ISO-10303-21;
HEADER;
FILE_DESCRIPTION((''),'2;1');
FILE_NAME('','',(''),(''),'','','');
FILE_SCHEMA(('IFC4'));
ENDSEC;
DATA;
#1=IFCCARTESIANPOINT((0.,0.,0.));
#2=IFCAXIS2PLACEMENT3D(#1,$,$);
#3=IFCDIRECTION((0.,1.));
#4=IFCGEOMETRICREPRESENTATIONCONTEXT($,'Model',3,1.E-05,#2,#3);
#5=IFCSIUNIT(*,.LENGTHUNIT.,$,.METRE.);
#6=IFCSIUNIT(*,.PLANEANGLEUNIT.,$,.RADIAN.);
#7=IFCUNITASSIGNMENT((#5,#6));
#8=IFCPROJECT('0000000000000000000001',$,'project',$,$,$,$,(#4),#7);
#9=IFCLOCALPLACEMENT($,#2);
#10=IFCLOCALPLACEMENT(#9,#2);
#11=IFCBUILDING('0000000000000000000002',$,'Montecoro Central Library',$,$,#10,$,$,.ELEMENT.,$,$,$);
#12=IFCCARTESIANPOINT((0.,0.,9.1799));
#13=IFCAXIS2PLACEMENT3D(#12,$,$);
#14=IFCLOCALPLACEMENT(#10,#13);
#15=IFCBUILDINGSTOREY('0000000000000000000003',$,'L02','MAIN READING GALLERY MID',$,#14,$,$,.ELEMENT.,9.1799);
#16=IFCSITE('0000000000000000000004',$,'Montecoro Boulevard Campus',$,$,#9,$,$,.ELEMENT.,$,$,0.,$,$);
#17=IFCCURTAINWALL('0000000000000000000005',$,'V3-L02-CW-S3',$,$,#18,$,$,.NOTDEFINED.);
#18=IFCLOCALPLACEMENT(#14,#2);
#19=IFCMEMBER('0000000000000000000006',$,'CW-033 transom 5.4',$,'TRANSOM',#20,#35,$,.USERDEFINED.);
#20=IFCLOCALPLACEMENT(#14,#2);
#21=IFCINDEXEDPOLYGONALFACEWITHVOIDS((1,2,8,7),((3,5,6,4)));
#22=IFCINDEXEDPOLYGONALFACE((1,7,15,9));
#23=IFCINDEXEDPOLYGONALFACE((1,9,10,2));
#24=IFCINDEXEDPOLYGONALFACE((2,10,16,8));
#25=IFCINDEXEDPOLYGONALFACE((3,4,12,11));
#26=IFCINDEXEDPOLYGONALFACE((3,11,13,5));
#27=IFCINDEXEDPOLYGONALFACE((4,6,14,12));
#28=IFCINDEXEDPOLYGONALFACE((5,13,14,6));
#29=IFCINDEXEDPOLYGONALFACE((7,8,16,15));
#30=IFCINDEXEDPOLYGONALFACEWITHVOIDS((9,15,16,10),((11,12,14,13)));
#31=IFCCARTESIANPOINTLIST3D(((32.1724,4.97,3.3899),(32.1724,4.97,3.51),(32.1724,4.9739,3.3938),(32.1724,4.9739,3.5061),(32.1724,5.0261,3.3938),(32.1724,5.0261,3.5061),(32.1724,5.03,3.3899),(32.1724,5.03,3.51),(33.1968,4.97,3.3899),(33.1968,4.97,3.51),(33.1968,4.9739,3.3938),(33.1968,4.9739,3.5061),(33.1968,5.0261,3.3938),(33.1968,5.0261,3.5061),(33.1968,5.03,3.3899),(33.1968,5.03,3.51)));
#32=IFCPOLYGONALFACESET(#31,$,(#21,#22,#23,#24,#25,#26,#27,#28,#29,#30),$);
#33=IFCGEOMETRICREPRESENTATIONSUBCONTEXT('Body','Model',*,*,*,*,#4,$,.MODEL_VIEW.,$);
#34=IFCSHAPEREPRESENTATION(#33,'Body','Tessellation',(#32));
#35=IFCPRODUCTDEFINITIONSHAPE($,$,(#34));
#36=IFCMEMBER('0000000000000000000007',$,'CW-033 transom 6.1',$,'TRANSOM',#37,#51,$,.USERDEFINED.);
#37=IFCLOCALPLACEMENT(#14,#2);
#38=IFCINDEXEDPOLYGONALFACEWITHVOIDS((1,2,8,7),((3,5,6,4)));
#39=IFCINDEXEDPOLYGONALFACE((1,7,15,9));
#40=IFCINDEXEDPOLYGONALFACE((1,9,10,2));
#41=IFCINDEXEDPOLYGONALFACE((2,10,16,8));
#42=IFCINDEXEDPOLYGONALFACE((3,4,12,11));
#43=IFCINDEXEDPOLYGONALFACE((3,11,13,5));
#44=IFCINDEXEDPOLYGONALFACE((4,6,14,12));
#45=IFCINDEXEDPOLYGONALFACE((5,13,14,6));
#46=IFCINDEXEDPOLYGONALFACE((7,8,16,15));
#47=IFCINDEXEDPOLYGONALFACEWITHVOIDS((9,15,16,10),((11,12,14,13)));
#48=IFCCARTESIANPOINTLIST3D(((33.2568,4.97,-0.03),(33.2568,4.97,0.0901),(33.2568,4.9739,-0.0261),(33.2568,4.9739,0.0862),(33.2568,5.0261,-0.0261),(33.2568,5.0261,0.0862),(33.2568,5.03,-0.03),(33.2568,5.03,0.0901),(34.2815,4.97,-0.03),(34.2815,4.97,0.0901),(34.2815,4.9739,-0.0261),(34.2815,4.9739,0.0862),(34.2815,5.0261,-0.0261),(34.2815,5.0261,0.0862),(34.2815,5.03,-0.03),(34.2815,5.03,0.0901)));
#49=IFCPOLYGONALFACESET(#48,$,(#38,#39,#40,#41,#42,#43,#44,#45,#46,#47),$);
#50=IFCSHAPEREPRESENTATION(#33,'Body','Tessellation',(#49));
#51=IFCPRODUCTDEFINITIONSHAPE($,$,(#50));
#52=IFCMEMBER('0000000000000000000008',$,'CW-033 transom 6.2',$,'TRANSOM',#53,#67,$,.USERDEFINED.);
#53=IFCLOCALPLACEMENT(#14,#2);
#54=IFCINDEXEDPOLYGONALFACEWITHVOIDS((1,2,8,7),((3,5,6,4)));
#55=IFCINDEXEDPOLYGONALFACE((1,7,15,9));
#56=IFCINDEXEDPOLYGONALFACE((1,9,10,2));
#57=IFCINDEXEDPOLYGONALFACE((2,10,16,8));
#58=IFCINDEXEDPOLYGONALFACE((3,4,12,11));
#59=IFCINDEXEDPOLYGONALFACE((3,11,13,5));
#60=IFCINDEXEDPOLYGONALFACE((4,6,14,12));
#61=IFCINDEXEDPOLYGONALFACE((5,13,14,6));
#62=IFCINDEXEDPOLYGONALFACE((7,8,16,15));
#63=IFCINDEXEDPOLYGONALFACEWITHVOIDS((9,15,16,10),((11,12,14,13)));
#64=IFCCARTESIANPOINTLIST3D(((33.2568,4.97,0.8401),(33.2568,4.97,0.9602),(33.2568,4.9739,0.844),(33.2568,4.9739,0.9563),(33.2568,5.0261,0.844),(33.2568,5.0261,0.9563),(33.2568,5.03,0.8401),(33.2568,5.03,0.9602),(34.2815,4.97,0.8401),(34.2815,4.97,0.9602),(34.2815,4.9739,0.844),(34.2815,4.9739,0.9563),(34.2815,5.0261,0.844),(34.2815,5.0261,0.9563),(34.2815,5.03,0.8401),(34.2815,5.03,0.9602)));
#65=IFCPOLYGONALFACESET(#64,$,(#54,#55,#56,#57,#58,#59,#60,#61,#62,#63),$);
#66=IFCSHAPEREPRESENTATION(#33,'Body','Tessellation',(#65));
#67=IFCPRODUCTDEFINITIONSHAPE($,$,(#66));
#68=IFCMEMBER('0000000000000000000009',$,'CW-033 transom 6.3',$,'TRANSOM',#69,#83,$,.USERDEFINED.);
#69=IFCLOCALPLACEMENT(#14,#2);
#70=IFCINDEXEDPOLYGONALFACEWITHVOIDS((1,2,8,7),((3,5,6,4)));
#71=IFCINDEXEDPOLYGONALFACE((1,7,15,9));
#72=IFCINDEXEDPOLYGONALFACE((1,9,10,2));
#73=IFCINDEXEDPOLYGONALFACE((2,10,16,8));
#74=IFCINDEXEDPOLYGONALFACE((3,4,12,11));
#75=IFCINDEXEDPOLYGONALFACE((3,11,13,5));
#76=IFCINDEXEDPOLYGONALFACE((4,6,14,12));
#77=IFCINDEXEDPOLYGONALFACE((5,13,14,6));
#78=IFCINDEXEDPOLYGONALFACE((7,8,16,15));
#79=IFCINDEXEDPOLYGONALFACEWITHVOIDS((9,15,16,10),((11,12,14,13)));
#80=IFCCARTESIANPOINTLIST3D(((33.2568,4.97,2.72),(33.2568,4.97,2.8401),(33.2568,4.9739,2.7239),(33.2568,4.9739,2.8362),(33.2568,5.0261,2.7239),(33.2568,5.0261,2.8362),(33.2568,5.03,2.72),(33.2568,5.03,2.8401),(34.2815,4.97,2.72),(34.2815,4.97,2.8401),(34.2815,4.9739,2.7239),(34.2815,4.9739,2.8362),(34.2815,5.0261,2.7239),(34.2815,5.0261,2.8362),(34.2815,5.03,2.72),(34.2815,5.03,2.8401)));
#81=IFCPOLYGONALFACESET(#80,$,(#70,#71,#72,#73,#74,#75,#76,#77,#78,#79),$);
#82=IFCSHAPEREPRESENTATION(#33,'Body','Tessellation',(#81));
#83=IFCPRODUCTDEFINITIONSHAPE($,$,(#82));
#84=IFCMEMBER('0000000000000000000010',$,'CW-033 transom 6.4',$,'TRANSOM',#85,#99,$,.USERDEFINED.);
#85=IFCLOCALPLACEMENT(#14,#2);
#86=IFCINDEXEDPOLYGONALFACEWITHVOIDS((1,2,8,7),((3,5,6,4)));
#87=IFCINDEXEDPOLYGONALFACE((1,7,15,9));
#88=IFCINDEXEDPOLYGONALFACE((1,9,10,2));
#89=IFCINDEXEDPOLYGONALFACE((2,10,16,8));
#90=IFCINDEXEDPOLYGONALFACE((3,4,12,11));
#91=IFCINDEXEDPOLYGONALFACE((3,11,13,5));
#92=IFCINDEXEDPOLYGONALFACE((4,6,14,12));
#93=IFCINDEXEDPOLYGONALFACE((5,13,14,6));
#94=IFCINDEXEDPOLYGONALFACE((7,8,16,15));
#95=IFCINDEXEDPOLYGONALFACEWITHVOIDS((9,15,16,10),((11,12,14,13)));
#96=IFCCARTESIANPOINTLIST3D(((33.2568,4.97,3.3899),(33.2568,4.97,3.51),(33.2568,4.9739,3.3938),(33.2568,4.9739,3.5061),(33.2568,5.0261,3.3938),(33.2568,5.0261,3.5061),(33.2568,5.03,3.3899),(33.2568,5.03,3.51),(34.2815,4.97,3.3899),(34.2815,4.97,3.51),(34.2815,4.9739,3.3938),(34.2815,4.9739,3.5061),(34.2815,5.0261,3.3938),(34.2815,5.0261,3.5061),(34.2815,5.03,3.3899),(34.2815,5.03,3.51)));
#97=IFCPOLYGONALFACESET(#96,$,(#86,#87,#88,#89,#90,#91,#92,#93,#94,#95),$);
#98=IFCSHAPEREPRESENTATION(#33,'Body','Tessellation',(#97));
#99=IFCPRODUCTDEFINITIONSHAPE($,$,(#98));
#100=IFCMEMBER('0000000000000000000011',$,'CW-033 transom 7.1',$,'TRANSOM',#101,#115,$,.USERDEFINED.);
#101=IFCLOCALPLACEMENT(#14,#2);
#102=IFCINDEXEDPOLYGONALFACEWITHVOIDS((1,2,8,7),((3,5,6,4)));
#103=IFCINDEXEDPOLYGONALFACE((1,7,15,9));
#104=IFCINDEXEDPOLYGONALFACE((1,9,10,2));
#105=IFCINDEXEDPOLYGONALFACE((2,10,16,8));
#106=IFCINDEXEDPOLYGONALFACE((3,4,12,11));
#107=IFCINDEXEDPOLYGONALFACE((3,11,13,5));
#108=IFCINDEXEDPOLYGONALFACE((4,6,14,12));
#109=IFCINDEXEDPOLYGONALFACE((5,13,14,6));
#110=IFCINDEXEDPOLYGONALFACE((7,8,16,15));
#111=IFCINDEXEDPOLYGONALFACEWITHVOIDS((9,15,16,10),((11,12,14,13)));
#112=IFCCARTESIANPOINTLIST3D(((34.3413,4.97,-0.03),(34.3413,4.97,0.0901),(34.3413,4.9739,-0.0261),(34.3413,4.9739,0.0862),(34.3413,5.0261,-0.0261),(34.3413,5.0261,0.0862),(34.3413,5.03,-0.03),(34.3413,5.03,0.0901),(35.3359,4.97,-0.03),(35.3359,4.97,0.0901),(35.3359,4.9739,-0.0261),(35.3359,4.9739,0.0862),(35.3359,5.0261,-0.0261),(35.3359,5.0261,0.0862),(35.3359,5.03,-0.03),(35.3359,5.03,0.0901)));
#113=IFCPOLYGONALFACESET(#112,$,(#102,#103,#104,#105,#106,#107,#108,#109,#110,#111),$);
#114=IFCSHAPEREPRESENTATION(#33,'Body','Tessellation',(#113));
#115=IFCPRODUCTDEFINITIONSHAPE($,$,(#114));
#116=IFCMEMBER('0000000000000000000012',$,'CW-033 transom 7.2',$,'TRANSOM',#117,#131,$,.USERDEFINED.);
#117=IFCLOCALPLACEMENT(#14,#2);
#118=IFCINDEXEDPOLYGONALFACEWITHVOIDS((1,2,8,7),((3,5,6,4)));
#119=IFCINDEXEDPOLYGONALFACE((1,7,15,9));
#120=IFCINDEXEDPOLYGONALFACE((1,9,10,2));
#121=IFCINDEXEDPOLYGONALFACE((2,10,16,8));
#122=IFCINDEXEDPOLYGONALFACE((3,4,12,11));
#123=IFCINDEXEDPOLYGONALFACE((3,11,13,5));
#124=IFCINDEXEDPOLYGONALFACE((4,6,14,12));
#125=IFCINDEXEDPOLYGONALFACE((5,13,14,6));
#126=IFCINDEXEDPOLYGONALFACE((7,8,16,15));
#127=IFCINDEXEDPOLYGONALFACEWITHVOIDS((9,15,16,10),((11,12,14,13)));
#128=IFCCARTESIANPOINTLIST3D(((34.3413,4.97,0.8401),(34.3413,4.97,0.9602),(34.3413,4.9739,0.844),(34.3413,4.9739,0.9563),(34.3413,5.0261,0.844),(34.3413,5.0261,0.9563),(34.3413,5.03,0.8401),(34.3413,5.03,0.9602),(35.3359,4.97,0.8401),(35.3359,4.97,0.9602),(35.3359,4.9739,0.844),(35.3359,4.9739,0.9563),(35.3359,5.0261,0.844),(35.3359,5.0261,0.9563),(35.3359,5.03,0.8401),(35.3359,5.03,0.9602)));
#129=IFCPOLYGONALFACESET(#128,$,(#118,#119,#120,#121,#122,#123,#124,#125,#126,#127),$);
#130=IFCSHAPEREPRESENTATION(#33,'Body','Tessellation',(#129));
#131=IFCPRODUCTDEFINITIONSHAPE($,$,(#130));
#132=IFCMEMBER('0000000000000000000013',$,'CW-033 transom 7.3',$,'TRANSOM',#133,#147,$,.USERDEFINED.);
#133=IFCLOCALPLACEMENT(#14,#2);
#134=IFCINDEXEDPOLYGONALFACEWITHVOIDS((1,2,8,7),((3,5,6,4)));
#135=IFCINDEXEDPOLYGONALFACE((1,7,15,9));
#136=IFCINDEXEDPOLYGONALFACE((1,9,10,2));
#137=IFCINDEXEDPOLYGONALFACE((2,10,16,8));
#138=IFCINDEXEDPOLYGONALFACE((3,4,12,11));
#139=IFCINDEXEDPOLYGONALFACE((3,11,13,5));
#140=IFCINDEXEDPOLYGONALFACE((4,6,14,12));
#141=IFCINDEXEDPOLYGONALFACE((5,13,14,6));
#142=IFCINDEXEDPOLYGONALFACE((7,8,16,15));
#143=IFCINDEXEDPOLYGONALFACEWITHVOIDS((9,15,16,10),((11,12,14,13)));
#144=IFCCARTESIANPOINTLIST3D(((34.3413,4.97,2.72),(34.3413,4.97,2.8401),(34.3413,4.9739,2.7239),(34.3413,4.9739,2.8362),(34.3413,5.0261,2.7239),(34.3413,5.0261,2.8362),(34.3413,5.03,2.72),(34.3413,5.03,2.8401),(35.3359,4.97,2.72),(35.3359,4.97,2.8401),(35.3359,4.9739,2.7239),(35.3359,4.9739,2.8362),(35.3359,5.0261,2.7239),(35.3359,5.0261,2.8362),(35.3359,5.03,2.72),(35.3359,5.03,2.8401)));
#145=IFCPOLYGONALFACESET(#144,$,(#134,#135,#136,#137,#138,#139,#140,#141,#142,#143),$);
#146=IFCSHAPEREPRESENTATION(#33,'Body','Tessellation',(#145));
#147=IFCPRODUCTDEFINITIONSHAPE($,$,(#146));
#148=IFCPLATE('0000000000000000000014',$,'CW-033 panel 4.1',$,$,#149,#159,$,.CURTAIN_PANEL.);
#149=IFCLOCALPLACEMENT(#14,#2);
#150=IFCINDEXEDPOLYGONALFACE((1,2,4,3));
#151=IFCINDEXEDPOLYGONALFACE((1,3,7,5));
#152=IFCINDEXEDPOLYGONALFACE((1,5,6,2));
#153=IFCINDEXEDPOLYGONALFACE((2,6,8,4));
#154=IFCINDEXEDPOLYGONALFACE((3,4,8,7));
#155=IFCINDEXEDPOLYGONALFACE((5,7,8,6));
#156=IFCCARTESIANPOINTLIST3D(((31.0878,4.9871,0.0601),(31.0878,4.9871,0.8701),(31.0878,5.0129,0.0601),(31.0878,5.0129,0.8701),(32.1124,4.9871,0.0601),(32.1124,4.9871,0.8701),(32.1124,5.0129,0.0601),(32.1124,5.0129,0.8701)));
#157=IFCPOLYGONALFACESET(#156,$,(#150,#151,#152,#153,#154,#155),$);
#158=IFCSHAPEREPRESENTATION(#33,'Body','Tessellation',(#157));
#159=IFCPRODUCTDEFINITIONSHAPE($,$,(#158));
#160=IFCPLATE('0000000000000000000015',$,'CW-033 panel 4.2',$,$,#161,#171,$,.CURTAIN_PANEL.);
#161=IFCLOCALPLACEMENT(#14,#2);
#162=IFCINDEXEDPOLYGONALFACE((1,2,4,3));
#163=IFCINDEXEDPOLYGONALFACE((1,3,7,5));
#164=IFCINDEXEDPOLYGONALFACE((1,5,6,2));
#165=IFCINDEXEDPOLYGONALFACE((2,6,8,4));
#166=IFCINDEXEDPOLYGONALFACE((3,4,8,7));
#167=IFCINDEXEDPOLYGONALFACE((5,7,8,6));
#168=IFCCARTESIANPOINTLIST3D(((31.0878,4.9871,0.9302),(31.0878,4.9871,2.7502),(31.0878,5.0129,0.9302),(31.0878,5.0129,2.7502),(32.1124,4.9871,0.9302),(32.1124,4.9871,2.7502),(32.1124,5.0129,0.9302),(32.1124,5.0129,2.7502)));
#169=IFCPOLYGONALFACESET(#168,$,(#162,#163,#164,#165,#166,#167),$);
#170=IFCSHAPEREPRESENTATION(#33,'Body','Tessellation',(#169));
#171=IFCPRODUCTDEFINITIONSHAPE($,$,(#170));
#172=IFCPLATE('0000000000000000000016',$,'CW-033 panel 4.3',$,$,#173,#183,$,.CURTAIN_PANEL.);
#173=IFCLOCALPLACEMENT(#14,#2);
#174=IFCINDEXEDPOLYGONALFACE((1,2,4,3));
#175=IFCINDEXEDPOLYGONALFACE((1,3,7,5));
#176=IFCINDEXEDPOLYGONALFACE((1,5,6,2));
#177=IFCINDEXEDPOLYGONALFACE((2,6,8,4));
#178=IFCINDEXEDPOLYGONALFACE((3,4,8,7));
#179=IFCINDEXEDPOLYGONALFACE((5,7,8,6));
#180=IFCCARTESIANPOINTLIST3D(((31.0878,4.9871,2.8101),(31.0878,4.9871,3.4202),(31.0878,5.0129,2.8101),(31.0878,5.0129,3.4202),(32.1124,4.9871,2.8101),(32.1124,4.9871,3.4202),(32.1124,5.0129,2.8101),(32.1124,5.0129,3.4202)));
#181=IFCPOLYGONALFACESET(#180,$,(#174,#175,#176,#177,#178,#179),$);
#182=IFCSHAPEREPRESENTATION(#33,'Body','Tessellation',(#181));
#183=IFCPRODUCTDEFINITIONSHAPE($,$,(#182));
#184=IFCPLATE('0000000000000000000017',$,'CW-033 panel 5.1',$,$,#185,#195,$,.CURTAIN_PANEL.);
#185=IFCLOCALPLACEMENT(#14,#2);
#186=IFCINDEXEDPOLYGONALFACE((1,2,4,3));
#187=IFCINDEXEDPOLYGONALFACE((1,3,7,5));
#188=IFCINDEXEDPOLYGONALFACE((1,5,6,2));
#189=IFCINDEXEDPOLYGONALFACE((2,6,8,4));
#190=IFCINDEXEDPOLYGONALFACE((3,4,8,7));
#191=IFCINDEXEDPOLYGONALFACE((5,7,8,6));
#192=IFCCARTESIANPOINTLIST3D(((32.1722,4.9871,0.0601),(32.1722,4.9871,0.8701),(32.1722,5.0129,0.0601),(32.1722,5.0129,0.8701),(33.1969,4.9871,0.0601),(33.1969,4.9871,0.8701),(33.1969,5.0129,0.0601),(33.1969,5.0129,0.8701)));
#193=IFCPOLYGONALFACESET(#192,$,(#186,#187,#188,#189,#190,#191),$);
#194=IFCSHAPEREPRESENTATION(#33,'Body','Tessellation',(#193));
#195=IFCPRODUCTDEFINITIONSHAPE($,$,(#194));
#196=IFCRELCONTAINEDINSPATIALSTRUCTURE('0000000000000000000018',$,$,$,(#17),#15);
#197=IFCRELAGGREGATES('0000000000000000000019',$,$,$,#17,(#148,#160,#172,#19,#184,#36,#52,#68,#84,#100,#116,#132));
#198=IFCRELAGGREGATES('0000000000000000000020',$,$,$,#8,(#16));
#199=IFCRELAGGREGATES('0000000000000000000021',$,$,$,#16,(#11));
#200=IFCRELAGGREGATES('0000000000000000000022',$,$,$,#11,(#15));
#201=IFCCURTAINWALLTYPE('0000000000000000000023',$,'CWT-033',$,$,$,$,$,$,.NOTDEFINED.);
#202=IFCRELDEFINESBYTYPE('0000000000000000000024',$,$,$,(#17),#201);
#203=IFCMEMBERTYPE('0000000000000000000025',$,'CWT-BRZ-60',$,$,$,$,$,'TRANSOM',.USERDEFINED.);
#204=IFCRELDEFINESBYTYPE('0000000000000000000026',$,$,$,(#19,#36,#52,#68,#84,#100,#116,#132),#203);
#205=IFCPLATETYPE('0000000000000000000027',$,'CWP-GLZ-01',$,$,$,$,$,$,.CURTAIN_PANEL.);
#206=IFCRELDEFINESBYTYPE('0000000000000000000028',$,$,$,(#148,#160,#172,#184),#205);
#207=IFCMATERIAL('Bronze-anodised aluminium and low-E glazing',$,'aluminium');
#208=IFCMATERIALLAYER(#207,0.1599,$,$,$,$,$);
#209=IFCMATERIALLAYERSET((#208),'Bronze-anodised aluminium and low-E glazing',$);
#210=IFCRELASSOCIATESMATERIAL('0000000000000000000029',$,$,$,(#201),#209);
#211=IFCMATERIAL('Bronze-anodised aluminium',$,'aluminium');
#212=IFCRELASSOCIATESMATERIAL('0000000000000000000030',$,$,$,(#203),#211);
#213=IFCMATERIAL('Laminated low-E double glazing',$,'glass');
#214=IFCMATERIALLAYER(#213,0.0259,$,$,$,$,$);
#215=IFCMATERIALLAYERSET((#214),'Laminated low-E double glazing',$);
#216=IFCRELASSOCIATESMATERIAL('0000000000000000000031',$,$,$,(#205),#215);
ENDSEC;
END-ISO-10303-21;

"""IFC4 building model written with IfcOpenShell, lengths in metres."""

from ifc_helpers import new_model, si_unit, direction, frame, origin, origin_2d, place, context, subcontext, project, spatial, rectangle, hollow_rectangle, extrude, material, layer, layer_set, material_profile, profile_set, type_object, element, aggregate, save


model = new_model("IFC4")

# Units and contexts
model_context = context("Model", 3, precision=1e-05, world=origin(), true_north=direction((0.0, 1.0)))
body_context = subcontext(model_context, "Body", "Model", "MODEL_VIEW")
ifc_project = project(units=[si_unit("LENGTHUNIT", "METRE"), si_unit("PLANEANGLEUNIT", "RADIAN")], contexts=[model_context])

# Site, building, storey
site_placement = place(None, origin())
site = spatial("IfcSite", under=ifc_project, at=site_placement, Name="Montecoro Boulevard Campus", CompositionType="ELEMENT", RefElevation=0.0)
building_placement = place(site_placement, origin())
building = spatial("IfcBuilding", under=site, at=building_placement, Name="Montecoro Central Library", CompositionType="ELEMENT")
storey_placement = place(building_placement, frame((0.0, 0.0, 9.1799)))
storey = spatial("IfcBuildingStorey", under=building, at=storey_placement, Name="L02", Description="MAIN READING GALLERY MID", CompositionType="ELEMENT", Elevation=9.1799)

# Curtain wall, members, plates
ifc_material_1 = material(Name="Bronze-anodised aluminium and low-E glazing", Category="aluminium")
ifc_layer_1 = layer(ifc_material_1, 0.1599)
ifc_layer_set_1 = layer_set([ifc_layer_1], Name="Bronze-anodised aluminium and low-E glazing")
curtain_wall_type = type_object("IfcCurtainWallType", Name="CWT-033", PredefinedType="NOTDEFINED", material=ifc_layer_set_1)
curtain_wall_placement = place(storey_placement, origin())
curtain_wall = element("IfcCurtainWall", 1, at=curtain_wall_placement, inside=storey, type_object=curtain_wall_type, Name="V3-L02-CW-S3", PredefinedType="NOTDEFINED")
ifc_material_2 = material(Name="Bronze-anodised aluminium", Category="aluminium")
ifc_material_profile_1 = material_profile(ifc_material_2, hollow_rectangle(XDim=0.0601, YDim=0.1201, WallThickness=0.0039, at=origin_2d()), Name="CWT 120x60x4.0")
ifc_profile_set_1 = profile_set([ifc_material_profile_1], Name="Bronze-anodised aluminium")
member_type_1 = type_object("IfcMemberType", Name="CWT-BRZ-60", ElementType="TRANSOM", PredefinedType="USERDEFINED", material=ifc_profile_set_1)
member_1_placement = place(storey_placement, frame((32.1724, 5.0, 3.45), z_axis=(1.0, 0.0, 0.0), x_axis=(0.0, 1.0, 0.0)))
member_1 = element("IfcMember", 2, at=member_1_placement, type_object=member_type_1, Name="CW-033 transom 5.4", ObjectType="TRANSOM", PredefinedType="USERDEFINED", context=body_context, shape_type="SweptSolid", body=[
    extrude(hollow_rectangle(XDim=0.0601, YDim=0.1201, WallThickness=0.0039, at=origin_2d()), origin(), (0.0, 0.0, 1.0), 1.0244),
])
member_2_placement = place(storey_placement, frame((33.2568, 5.0, 0.03), z_axis=(1.0, 0.0, 0.0), x_axis=(0.0, 1.0, 0.0)))
member_2 = element("IfcMember", 3, at=member_2_placement, type_object=member_type_1, Name="CW-033 transom 6.1", ObjectType="TRANSOM", PredefinedType="USERDEFINED", context=body_context, shape_type="SweptSolid", body=[
    extrude(hollow_rectangle(XDim=0.0601, YDim=0.1201, WallThickness=0.0039, at=origin_2d()), origin(), (0.0, 0.0, 1.0), 1.0247),
])
member_3_placement = place(storey_placement, frame((33.2568, 5.0, 0.9001), z_axis=(1.0, 0.0, 0.0), x_axis=(0.0, 1.0, 0.0)))
member_3 = element("IfcMember", 4, at=member_3_placement, type_object=member_type_1, Name="CW-033 transom 6.2", ObjectType="TRANSOM", PredefinedType="USERDEFINED", context=body_context, shape_type="SweptSolid", body=[
    extrude(hollow_rectangle(XDim=0.0601, YDim=0.1201, WallThickness=0.0039, at=origin_2d()), origin(), (0.0, 0.0, 1.0), 1.0247),
])
member_4_placement = place(storey_placement, frame((33.2568, 5.0, 2.78), z_axis=(1.0, 0.0, 0.0), x_axis=(0.0, 1.0, 0.0)))
member_4 = element("IfcMember", 5, at=member_4_placement, type_object=member_type_1, Name="CW-033 transom 6.3", ObjectType="TRANSOM", PredefinedType="USERDEFINED", context=body_context, shape_type="SweptSolid", body=[
    extrude(hollow_rectangle(XDim=0.0601, YDim=0.1201, WallThickness=0.0039, at=origin_2d()), origin(), (0.0, 0.0, 1.0), 1.0247),
])
member_5_placement = place(storey_placement, frame((33.2568, 5.0, 3.45), z_axis=(1.0, 0.0, 0.0), x_axis=(0.0, 1.0, 0.0)))
member_5 = element("IfcMember", 6, at=member_5_placement, type_object=member_type_1, Name="CW-033 transom 6.4", ObjectType="TRANSOM", PredefinedType="USERDEFINED", context=body_context, shape_type="SweptSolid", body=[
    extrude(hollow_rectangle(XDim=0.0601, YDim=0.1201, WallThickness=0.0039, at=origin_2d()), origin(), (0.0, 0.0, 1.0), 1.0247),
])
member_6_placement = place(storey_placement, frame((34.3413, 5.0, 0.03), z_axis=(1.0, 0.0, 0.0), x_axis=(0.0, 1.0, 0.0)))
member_6 = element("IfcMember", 7, at=member_6_placement, type_object=member_type_1, Name="CW-033 transom 7.1", ObjectType="TRANSOM", PredefinedType="USERDEFINED", context=body_context, shape_type="SweptSolid", body=[
    extrude(hollow_rectangle(XDim=0.0601, YDim=0.1201, WallThickness=0.0039, at=origin_2d()), origin(), (0.0, 0.0, 1.0), 0.9946),
])
member_7_placement = place(storey_placement, frame((34.3413, 5.0, 0.9001), z_axis=(1.0, 0.0, 0.0), x_axis=(0.0, 1.0, 0.0)))
member_7 = element("IfcMember", 8, at=member_7_placement, type_object=member_type_1, Name="CW-033 transom 7.2", ObjectType="TRANSOM", PredefinedType="USERDEFINED", context=body_context, shape_type="SweptSolid", body=[
    extrude(hollow_rectangle(XDim=0.0601, YDim=0.1201, WallThickness=0.0039, at=origin_2d()), origin(), (0.0, 0.0, 1.0), 0.9946),
])
member_8_placement = place(storey_placement, frame((34.3413, 5.0, 2.78), z_axis=(1.0, 0.0, 0.0), x_axis=(0.0, 1.0, 0.0)))
member_8 = element("IfcMember", 9, at=member_8_placement, type_object=member_type_1, Name="CW-033 transom 7.3", ObjectType="TRANSOM", PredefinedType="USERDEFINED", context=body_context, shape_type="SweptSolid", body=[
    extrude(hollow_rectangle(XDim=0.0601, YDim=0.1201, WallThickness=0.0039, at=origin_2d()), origin(), (0.0, 0.0, 1.0), 0.9946),
])
ifc_material_3 = material(Name="Laminated low-E double glazing", Category="glass")
ifc_layer_2 = layer(ifc_material_3, 0.0259)
ifc_layer_set_2 = layer_set([ifc_layer_2], Name="Laminated low-E double glazing")
plate_type = type_object("IfcPlateType", Name="CWP-GLZ-01", PredefinedType="CURTAIN_PANEL", material=ifc_layer_set_2)
plate_1_placement = place(storey_placement, frame((31.6001, 5.0, 0.0601), z_axis=(0.0, 0.0, 1.0), x_axis=(1.0, 0.0, 0.0)))
plate_1 = element("IfcPlate", 10, at=plate_1_placement, type_object=plate_type, Name="CW-033 panel 4.1", PredefinedType="CURTAIN_PANEL", context=body_context, shape_type="SweptSolid", body=[
    extrude(rectangle(XDim=1.0247, YDim=0.0259, at=origin_2d()), origin(), (0.0, 0.0, 1.0), 0.8101),
])
plate_2_placement = place(storey_placement, frame((31.6001, 5.0, 0.9302), z_axis=(0.0, 0.0, 1.0), x_axis=(1.0, 0.0, 0.0)))
plate_2 = element("IfcPlate", 11, at=plate_2_placement, type_object=plate_type, Name="CW-033 panel 4.2", PredefinedType="CURTAIN_PANEL", context=body_context, shape_type="SweptSolid", body=[
    extrude(rectangle(XDim=1.0247, YDim=0.0259, at=origin_2d()), origin(), (0.0, 0.0, 1.0), 1.8201),
])
plate_3_placement = place(storey_placement, frame((31.6001, 5.0, 2.8101), z_axis=(0.0, 0.0, 1.0), x_axis=(1.0, 0.0, 0.0)))
plate_3 = element("IfcPlate", 12, at=plate_3_placement, type_object=plate_type, Name="CW-033 panel 4.3", PredefinedType="CURTAIN_PANEL", context=body_context, shape_type="SweptSolid", body=[
    extrude(rectangle(XDim=1.0247, YDim=0.0259, at=origin_2d()), origin(), (0.0, 0.0, 1.0), 0.6101),
])
plate_4_placement = place(storey_placement, frame((32.6846, 5.0, 0.0601), z_axis=(0.0, 0.0, 1.0), x_axis=(1.0, 0.0, 0.0)))
plate_4 = element("IfcPlate", 13, at=plate_4_placement, type_object=plate_type, Name="CW-033 panel 5.1", PredefinedType="CURTAIN_PANEL", context=body_context, shape_type="SweptSolid", body=[
    extrude(rectangle(XDim=1.0247, YDim=0.0259, at=origin_2d()), origin(), (0.0, 0.0, 1.0), 0.8101),
])
aggregate(curtain_wall, [plate_1, plate_2, plate_3, member_1, plate_4, member_2, member_3, member_4, member_5, member_6, member_7, member_8])

save(model, "model.ifc")
